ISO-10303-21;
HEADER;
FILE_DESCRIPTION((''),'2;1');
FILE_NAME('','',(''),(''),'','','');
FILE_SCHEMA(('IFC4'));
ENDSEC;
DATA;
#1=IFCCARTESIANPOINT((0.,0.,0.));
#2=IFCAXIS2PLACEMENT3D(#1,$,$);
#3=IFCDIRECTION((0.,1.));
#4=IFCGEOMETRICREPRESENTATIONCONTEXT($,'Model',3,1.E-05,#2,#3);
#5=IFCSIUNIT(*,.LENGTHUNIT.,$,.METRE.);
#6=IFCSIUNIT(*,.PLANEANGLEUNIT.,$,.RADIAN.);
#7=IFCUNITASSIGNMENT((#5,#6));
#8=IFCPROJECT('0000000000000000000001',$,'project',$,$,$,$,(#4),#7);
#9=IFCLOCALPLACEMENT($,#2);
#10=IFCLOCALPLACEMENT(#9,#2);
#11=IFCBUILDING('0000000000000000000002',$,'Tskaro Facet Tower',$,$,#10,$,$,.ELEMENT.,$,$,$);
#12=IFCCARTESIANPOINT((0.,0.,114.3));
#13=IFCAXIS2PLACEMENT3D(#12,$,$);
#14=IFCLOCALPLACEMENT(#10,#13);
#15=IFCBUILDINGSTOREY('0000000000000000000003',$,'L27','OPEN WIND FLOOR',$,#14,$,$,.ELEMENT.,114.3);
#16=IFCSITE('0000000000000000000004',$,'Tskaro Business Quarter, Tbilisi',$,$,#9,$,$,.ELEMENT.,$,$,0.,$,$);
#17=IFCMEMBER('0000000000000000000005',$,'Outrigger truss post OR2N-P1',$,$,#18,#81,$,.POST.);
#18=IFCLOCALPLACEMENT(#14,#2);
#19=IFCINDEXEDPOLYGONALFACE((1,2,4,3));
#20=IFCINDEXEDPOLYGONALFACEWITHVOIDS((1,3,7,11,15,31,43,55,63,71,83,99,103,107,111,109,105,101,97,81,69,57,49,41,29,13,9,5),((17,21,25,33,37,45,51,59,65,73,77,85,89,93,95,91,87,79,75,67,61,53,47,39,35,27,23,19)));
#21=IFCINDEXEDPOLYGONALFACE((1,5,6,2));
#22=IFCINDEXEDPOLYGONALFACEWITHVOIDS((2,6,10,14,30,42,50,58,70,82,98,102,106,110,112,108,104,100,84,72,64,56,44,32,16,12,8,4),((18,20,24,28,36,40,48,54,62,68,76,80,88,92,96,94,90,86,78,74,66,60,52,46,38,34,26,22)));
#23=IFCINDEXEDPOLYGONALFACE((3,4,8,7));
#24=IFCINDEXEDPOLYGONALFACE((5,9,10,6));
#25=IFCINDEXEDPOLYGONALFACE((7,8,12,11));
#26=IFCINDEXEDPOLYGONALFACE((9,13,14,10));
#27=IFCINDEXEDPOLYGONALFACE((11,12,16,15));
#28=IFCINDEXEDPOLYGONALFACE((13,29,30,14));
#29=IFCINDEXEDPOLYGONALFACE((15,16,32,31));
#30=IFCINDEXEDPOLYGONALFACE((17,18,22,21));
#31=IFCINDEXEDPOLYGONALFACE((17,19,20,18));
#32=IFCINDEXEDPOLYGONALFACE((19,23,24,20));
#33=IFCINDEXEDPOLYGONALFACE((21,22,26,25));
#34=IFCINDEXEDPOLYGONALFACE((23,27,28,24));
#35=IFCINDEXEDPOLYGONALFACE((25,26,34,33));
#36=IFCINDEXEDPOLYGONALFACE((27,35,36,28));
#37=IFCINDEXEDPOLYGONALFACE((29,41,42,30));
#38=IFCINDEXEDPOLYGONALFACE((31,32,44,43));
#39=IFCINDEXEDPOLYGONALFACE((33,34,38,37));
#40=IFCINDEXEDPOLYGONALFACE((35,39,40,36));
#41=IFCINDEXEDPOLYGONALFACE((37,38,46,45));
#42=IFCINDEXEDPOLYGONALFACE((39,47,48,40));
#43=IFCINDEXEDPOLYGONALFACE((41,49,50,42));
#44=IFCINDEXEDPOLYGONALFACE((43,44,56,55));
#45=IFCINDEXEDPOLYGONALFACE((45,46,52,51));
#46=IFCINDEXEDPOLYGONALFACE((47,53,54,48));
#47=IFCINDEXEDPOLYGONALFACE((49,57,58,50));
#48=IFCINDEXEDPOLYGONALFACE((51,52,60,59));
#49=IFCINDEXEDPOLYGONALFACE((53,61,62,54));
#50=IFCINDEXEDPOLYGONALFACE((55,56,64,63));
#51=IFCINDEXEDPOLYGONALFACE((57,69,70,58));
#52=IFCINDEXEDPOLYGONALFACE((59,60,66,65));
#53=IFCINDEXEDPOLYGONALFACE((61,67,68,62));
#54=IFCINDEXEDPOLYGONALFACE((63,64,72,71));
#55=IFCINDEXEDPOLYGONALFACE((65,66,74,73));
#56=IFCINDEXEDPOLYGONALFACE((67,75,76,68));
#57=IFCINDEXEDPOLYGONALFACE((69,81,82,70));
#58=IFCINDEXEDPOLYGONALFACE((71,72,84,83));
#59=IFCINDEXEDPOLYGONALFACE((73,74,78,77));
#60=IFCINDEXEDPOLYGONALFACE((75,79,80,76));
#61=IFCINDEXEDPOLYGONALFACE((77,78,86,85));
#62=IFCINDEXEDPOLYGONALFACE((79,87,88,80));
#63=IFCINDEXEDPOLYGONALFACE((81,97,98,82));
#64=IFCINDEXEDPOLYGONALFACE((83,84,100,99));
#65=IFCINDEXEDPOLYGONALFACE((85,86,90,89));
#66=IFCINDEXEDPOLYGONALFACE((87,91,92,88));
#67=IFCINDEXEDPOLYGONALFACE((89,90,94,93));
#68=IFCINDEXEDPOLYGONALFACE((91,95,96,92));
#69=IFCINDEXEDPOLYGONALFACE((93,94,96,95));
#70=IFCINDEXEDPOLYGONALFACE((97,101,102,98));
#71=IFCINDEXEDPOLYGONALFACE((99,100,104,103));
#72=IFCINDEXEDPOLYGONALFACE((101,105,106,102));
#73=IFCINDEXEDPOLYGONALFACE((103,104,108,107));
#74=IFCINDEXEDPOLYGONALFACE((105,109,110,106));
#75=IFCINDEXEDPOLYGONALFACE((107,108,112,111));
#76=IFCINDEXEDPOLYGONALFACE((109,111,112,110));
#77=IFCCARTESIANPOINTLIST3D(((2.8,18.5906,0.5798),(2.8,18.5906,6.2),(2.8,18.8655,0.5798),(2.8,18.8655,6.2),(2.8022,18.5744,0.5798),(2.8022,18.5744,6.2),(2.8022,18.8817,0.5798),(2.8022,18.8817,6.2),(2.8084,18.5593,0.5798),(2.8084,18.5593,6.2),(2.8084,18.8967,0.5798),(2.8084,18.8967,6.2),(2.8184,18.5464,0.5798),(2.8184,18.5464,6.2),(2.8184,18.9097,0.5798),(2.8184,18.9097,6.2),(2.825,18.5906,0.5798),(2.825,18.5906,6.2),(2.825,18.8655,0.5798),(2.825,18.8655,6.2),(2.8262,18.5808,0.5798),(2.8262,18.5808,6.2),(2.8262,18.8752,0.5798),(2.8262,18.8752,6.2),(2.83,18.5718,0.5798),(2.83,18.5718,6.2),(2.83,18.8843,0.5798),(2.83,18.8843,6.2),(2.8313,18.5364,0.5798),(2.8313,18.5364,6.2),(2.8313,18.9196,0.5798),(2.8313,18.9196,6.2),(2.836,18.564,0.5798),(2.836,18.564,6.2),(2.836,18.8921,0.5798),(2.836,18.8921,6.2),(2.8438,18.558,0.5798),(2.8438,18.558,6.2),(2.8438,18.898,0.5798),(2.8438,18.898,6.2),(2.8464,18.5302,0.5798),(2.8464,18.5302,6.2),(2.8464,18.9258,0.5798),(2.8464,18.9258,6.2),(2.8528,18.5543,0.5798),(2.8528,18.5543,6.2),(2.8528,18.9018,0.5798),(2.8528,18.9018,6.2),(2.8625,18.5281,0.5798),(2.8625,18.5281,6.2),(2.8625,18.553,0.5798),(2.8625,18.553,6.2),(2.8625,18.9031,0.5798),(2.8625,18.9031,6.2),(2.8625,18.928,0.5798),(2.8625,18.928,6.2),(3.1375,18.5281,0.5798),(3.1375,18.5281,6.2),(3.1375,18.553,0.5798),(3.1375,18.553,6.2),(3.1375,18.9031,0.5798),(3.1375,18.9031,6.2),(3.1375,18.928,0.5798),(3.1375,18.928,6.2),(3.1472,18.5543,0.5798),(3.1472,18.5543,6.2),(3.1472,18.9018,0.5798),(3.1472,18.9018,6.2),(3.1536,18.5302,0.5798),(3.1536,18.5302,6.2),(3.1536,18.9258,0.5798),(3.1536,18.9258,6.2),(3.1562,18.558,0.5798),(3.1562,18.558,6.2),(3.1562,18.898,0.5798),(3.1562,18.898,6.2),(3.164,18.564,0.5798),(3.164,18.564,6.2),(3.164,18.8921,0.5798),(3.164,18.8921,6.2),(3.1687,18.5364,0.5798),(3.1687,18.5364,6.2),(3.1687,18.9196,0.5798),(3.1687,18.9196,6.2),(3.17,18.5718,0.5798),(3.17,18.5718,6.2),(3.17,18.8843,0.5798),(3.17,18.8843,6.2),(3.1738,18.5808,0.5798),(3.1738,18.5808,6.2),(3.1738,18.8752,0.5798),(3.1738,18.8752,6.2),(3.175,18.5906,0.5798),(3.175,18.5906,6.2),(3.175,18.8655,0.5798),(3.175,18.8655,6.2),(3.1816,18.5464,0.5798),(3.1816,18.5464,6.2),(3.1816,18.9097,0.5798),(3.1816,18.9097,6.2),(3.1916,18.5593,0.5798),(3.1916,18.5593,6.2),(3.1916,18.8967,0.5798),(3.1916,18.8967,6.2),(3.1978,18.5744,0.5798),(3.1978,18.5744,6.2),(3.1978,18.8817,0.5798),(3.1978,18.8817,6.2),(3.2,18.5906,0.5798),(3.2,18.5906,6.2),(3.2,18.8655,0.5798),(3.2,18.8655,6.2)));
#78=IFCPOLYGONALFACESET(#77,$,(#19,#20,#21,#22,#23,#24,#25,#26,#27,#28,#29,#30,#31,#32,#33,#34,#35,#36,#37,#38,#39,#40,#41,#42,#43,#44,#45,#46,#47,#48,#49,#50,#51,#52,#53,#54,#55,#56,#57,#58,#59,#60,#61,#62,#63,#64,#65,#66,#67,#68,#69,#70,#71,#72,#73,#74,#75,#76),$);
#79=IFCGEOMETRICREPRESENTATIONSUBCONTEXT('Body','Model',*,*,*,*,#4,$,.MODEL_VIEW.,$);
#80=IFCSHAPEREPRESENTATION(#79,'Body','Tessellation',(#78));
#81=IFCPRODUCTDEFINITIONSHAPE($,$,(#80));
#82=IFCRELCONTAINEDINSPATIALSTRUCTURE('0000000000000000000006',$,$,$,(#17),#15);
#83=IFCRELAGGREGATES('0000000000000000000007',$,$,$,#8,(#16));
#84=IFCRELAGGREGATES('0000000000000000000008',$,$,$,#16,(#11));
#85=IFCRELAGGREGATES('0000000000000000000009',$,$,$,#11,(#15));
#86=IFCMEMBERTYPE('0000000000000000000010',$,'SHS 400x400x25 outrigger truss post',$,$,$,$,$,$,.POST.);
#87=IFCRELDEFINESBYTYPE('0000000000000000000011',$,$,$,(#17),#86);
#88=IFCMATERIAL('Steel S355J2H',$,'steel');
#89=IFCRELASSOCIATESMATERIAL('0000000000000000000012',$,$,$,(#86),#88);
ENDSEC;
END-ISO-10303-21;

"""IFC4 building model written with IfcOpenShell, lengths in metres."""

from ifc_helpers import new_model, si_unit, direction, frame, origin, origin_2d, place, context, subcontext, project, spatial, hollow_rectangle, extrude, material, material_profile, profile_set, type_object, element, save


model = new_model("IFC4")

# Units and contexts
model_context = context("Model", 3, precision=1e-05, world=origin(), true_north=direction((0.0, 1.0)))
body_context = subcontext(model_context, "Body", "Model", "MODEL_VIEW")
ifc_project = project(units=[si_unit("LENGTHUNIT", "METRE"), si_unit("PLANEANGLEUNIT", "RADIAN")], contexts=[model_context])

# Site, building, storey
site_placement = place(None, origin())
site = spatial("IfcSite", under=ifc_project, at=site_placement, Name="Tskaro Business Quarter, Tbilisi", CompositionType="ELEMENT", RefElevation=0.0)
building_placement = place(site_placement, origin())
building = spatial("IfcBuilding", under=site, at=building_placement, Name="Tskaro Facet Tower", CompositionType="ELEMENT")
storey_placement = place(building_placement, frame((0.0, 0.0, 114.3)))
storey = spatial("IfcBuildingStorey", under=building, at=storey_placement, Name="L27", Description="OPEN WIND FLOOR", CompositionType="ELEMENT", Elevation=114.3)

# Shared definitions
ifc_material_1 = material(Name="Steel S355J2H", Category="steel")

# Member
ifc_material_profile_1 = material_profile(ifc_material_1, hollow_rectangle(XDim=0.3999, YDim=0.3999, WallThickness=0.0249, InnerFilletRadius=0.0376, OuterFilletRadius=0.0625, at=origin_2d()), Name="SHS 400x400x25")
ifc_profile_set_1 = profile_set([ifc_material_profile_1], Name="Steel S355J2H")
member_type_1 = type_object("IfcMemberType", Name="SHS 400x400x25 outrigger truss post", PredefinedType="POST", material=ifc_profile_set_1)
member_1_placement = place(storey_placement, frame((3.0, 18.728, 0.5798), z_axis=(0.0, 0.0, 1.0), x_axis=(1.0, 0.0, 0.0)))
element("IfcMember", 1, at=member_1_placement, inside=storey, type_object=member_type_1, Name="Outrigger truss post OR2N-P1", PredefinedType="POST", context=body_context, shape_type="SweptSolid", body=[
    extrude(hollow_rectangle(XDim=0.3999, YDim=0.3999, WallThickness=0.0249, InnerFilletRadius=0.0376, OuterFilletRadius=0.0625, at=origin_2d()), origin(), (0.0, 0.0, 1.0), 5.6201),
])

save(model, "model.ifc")
